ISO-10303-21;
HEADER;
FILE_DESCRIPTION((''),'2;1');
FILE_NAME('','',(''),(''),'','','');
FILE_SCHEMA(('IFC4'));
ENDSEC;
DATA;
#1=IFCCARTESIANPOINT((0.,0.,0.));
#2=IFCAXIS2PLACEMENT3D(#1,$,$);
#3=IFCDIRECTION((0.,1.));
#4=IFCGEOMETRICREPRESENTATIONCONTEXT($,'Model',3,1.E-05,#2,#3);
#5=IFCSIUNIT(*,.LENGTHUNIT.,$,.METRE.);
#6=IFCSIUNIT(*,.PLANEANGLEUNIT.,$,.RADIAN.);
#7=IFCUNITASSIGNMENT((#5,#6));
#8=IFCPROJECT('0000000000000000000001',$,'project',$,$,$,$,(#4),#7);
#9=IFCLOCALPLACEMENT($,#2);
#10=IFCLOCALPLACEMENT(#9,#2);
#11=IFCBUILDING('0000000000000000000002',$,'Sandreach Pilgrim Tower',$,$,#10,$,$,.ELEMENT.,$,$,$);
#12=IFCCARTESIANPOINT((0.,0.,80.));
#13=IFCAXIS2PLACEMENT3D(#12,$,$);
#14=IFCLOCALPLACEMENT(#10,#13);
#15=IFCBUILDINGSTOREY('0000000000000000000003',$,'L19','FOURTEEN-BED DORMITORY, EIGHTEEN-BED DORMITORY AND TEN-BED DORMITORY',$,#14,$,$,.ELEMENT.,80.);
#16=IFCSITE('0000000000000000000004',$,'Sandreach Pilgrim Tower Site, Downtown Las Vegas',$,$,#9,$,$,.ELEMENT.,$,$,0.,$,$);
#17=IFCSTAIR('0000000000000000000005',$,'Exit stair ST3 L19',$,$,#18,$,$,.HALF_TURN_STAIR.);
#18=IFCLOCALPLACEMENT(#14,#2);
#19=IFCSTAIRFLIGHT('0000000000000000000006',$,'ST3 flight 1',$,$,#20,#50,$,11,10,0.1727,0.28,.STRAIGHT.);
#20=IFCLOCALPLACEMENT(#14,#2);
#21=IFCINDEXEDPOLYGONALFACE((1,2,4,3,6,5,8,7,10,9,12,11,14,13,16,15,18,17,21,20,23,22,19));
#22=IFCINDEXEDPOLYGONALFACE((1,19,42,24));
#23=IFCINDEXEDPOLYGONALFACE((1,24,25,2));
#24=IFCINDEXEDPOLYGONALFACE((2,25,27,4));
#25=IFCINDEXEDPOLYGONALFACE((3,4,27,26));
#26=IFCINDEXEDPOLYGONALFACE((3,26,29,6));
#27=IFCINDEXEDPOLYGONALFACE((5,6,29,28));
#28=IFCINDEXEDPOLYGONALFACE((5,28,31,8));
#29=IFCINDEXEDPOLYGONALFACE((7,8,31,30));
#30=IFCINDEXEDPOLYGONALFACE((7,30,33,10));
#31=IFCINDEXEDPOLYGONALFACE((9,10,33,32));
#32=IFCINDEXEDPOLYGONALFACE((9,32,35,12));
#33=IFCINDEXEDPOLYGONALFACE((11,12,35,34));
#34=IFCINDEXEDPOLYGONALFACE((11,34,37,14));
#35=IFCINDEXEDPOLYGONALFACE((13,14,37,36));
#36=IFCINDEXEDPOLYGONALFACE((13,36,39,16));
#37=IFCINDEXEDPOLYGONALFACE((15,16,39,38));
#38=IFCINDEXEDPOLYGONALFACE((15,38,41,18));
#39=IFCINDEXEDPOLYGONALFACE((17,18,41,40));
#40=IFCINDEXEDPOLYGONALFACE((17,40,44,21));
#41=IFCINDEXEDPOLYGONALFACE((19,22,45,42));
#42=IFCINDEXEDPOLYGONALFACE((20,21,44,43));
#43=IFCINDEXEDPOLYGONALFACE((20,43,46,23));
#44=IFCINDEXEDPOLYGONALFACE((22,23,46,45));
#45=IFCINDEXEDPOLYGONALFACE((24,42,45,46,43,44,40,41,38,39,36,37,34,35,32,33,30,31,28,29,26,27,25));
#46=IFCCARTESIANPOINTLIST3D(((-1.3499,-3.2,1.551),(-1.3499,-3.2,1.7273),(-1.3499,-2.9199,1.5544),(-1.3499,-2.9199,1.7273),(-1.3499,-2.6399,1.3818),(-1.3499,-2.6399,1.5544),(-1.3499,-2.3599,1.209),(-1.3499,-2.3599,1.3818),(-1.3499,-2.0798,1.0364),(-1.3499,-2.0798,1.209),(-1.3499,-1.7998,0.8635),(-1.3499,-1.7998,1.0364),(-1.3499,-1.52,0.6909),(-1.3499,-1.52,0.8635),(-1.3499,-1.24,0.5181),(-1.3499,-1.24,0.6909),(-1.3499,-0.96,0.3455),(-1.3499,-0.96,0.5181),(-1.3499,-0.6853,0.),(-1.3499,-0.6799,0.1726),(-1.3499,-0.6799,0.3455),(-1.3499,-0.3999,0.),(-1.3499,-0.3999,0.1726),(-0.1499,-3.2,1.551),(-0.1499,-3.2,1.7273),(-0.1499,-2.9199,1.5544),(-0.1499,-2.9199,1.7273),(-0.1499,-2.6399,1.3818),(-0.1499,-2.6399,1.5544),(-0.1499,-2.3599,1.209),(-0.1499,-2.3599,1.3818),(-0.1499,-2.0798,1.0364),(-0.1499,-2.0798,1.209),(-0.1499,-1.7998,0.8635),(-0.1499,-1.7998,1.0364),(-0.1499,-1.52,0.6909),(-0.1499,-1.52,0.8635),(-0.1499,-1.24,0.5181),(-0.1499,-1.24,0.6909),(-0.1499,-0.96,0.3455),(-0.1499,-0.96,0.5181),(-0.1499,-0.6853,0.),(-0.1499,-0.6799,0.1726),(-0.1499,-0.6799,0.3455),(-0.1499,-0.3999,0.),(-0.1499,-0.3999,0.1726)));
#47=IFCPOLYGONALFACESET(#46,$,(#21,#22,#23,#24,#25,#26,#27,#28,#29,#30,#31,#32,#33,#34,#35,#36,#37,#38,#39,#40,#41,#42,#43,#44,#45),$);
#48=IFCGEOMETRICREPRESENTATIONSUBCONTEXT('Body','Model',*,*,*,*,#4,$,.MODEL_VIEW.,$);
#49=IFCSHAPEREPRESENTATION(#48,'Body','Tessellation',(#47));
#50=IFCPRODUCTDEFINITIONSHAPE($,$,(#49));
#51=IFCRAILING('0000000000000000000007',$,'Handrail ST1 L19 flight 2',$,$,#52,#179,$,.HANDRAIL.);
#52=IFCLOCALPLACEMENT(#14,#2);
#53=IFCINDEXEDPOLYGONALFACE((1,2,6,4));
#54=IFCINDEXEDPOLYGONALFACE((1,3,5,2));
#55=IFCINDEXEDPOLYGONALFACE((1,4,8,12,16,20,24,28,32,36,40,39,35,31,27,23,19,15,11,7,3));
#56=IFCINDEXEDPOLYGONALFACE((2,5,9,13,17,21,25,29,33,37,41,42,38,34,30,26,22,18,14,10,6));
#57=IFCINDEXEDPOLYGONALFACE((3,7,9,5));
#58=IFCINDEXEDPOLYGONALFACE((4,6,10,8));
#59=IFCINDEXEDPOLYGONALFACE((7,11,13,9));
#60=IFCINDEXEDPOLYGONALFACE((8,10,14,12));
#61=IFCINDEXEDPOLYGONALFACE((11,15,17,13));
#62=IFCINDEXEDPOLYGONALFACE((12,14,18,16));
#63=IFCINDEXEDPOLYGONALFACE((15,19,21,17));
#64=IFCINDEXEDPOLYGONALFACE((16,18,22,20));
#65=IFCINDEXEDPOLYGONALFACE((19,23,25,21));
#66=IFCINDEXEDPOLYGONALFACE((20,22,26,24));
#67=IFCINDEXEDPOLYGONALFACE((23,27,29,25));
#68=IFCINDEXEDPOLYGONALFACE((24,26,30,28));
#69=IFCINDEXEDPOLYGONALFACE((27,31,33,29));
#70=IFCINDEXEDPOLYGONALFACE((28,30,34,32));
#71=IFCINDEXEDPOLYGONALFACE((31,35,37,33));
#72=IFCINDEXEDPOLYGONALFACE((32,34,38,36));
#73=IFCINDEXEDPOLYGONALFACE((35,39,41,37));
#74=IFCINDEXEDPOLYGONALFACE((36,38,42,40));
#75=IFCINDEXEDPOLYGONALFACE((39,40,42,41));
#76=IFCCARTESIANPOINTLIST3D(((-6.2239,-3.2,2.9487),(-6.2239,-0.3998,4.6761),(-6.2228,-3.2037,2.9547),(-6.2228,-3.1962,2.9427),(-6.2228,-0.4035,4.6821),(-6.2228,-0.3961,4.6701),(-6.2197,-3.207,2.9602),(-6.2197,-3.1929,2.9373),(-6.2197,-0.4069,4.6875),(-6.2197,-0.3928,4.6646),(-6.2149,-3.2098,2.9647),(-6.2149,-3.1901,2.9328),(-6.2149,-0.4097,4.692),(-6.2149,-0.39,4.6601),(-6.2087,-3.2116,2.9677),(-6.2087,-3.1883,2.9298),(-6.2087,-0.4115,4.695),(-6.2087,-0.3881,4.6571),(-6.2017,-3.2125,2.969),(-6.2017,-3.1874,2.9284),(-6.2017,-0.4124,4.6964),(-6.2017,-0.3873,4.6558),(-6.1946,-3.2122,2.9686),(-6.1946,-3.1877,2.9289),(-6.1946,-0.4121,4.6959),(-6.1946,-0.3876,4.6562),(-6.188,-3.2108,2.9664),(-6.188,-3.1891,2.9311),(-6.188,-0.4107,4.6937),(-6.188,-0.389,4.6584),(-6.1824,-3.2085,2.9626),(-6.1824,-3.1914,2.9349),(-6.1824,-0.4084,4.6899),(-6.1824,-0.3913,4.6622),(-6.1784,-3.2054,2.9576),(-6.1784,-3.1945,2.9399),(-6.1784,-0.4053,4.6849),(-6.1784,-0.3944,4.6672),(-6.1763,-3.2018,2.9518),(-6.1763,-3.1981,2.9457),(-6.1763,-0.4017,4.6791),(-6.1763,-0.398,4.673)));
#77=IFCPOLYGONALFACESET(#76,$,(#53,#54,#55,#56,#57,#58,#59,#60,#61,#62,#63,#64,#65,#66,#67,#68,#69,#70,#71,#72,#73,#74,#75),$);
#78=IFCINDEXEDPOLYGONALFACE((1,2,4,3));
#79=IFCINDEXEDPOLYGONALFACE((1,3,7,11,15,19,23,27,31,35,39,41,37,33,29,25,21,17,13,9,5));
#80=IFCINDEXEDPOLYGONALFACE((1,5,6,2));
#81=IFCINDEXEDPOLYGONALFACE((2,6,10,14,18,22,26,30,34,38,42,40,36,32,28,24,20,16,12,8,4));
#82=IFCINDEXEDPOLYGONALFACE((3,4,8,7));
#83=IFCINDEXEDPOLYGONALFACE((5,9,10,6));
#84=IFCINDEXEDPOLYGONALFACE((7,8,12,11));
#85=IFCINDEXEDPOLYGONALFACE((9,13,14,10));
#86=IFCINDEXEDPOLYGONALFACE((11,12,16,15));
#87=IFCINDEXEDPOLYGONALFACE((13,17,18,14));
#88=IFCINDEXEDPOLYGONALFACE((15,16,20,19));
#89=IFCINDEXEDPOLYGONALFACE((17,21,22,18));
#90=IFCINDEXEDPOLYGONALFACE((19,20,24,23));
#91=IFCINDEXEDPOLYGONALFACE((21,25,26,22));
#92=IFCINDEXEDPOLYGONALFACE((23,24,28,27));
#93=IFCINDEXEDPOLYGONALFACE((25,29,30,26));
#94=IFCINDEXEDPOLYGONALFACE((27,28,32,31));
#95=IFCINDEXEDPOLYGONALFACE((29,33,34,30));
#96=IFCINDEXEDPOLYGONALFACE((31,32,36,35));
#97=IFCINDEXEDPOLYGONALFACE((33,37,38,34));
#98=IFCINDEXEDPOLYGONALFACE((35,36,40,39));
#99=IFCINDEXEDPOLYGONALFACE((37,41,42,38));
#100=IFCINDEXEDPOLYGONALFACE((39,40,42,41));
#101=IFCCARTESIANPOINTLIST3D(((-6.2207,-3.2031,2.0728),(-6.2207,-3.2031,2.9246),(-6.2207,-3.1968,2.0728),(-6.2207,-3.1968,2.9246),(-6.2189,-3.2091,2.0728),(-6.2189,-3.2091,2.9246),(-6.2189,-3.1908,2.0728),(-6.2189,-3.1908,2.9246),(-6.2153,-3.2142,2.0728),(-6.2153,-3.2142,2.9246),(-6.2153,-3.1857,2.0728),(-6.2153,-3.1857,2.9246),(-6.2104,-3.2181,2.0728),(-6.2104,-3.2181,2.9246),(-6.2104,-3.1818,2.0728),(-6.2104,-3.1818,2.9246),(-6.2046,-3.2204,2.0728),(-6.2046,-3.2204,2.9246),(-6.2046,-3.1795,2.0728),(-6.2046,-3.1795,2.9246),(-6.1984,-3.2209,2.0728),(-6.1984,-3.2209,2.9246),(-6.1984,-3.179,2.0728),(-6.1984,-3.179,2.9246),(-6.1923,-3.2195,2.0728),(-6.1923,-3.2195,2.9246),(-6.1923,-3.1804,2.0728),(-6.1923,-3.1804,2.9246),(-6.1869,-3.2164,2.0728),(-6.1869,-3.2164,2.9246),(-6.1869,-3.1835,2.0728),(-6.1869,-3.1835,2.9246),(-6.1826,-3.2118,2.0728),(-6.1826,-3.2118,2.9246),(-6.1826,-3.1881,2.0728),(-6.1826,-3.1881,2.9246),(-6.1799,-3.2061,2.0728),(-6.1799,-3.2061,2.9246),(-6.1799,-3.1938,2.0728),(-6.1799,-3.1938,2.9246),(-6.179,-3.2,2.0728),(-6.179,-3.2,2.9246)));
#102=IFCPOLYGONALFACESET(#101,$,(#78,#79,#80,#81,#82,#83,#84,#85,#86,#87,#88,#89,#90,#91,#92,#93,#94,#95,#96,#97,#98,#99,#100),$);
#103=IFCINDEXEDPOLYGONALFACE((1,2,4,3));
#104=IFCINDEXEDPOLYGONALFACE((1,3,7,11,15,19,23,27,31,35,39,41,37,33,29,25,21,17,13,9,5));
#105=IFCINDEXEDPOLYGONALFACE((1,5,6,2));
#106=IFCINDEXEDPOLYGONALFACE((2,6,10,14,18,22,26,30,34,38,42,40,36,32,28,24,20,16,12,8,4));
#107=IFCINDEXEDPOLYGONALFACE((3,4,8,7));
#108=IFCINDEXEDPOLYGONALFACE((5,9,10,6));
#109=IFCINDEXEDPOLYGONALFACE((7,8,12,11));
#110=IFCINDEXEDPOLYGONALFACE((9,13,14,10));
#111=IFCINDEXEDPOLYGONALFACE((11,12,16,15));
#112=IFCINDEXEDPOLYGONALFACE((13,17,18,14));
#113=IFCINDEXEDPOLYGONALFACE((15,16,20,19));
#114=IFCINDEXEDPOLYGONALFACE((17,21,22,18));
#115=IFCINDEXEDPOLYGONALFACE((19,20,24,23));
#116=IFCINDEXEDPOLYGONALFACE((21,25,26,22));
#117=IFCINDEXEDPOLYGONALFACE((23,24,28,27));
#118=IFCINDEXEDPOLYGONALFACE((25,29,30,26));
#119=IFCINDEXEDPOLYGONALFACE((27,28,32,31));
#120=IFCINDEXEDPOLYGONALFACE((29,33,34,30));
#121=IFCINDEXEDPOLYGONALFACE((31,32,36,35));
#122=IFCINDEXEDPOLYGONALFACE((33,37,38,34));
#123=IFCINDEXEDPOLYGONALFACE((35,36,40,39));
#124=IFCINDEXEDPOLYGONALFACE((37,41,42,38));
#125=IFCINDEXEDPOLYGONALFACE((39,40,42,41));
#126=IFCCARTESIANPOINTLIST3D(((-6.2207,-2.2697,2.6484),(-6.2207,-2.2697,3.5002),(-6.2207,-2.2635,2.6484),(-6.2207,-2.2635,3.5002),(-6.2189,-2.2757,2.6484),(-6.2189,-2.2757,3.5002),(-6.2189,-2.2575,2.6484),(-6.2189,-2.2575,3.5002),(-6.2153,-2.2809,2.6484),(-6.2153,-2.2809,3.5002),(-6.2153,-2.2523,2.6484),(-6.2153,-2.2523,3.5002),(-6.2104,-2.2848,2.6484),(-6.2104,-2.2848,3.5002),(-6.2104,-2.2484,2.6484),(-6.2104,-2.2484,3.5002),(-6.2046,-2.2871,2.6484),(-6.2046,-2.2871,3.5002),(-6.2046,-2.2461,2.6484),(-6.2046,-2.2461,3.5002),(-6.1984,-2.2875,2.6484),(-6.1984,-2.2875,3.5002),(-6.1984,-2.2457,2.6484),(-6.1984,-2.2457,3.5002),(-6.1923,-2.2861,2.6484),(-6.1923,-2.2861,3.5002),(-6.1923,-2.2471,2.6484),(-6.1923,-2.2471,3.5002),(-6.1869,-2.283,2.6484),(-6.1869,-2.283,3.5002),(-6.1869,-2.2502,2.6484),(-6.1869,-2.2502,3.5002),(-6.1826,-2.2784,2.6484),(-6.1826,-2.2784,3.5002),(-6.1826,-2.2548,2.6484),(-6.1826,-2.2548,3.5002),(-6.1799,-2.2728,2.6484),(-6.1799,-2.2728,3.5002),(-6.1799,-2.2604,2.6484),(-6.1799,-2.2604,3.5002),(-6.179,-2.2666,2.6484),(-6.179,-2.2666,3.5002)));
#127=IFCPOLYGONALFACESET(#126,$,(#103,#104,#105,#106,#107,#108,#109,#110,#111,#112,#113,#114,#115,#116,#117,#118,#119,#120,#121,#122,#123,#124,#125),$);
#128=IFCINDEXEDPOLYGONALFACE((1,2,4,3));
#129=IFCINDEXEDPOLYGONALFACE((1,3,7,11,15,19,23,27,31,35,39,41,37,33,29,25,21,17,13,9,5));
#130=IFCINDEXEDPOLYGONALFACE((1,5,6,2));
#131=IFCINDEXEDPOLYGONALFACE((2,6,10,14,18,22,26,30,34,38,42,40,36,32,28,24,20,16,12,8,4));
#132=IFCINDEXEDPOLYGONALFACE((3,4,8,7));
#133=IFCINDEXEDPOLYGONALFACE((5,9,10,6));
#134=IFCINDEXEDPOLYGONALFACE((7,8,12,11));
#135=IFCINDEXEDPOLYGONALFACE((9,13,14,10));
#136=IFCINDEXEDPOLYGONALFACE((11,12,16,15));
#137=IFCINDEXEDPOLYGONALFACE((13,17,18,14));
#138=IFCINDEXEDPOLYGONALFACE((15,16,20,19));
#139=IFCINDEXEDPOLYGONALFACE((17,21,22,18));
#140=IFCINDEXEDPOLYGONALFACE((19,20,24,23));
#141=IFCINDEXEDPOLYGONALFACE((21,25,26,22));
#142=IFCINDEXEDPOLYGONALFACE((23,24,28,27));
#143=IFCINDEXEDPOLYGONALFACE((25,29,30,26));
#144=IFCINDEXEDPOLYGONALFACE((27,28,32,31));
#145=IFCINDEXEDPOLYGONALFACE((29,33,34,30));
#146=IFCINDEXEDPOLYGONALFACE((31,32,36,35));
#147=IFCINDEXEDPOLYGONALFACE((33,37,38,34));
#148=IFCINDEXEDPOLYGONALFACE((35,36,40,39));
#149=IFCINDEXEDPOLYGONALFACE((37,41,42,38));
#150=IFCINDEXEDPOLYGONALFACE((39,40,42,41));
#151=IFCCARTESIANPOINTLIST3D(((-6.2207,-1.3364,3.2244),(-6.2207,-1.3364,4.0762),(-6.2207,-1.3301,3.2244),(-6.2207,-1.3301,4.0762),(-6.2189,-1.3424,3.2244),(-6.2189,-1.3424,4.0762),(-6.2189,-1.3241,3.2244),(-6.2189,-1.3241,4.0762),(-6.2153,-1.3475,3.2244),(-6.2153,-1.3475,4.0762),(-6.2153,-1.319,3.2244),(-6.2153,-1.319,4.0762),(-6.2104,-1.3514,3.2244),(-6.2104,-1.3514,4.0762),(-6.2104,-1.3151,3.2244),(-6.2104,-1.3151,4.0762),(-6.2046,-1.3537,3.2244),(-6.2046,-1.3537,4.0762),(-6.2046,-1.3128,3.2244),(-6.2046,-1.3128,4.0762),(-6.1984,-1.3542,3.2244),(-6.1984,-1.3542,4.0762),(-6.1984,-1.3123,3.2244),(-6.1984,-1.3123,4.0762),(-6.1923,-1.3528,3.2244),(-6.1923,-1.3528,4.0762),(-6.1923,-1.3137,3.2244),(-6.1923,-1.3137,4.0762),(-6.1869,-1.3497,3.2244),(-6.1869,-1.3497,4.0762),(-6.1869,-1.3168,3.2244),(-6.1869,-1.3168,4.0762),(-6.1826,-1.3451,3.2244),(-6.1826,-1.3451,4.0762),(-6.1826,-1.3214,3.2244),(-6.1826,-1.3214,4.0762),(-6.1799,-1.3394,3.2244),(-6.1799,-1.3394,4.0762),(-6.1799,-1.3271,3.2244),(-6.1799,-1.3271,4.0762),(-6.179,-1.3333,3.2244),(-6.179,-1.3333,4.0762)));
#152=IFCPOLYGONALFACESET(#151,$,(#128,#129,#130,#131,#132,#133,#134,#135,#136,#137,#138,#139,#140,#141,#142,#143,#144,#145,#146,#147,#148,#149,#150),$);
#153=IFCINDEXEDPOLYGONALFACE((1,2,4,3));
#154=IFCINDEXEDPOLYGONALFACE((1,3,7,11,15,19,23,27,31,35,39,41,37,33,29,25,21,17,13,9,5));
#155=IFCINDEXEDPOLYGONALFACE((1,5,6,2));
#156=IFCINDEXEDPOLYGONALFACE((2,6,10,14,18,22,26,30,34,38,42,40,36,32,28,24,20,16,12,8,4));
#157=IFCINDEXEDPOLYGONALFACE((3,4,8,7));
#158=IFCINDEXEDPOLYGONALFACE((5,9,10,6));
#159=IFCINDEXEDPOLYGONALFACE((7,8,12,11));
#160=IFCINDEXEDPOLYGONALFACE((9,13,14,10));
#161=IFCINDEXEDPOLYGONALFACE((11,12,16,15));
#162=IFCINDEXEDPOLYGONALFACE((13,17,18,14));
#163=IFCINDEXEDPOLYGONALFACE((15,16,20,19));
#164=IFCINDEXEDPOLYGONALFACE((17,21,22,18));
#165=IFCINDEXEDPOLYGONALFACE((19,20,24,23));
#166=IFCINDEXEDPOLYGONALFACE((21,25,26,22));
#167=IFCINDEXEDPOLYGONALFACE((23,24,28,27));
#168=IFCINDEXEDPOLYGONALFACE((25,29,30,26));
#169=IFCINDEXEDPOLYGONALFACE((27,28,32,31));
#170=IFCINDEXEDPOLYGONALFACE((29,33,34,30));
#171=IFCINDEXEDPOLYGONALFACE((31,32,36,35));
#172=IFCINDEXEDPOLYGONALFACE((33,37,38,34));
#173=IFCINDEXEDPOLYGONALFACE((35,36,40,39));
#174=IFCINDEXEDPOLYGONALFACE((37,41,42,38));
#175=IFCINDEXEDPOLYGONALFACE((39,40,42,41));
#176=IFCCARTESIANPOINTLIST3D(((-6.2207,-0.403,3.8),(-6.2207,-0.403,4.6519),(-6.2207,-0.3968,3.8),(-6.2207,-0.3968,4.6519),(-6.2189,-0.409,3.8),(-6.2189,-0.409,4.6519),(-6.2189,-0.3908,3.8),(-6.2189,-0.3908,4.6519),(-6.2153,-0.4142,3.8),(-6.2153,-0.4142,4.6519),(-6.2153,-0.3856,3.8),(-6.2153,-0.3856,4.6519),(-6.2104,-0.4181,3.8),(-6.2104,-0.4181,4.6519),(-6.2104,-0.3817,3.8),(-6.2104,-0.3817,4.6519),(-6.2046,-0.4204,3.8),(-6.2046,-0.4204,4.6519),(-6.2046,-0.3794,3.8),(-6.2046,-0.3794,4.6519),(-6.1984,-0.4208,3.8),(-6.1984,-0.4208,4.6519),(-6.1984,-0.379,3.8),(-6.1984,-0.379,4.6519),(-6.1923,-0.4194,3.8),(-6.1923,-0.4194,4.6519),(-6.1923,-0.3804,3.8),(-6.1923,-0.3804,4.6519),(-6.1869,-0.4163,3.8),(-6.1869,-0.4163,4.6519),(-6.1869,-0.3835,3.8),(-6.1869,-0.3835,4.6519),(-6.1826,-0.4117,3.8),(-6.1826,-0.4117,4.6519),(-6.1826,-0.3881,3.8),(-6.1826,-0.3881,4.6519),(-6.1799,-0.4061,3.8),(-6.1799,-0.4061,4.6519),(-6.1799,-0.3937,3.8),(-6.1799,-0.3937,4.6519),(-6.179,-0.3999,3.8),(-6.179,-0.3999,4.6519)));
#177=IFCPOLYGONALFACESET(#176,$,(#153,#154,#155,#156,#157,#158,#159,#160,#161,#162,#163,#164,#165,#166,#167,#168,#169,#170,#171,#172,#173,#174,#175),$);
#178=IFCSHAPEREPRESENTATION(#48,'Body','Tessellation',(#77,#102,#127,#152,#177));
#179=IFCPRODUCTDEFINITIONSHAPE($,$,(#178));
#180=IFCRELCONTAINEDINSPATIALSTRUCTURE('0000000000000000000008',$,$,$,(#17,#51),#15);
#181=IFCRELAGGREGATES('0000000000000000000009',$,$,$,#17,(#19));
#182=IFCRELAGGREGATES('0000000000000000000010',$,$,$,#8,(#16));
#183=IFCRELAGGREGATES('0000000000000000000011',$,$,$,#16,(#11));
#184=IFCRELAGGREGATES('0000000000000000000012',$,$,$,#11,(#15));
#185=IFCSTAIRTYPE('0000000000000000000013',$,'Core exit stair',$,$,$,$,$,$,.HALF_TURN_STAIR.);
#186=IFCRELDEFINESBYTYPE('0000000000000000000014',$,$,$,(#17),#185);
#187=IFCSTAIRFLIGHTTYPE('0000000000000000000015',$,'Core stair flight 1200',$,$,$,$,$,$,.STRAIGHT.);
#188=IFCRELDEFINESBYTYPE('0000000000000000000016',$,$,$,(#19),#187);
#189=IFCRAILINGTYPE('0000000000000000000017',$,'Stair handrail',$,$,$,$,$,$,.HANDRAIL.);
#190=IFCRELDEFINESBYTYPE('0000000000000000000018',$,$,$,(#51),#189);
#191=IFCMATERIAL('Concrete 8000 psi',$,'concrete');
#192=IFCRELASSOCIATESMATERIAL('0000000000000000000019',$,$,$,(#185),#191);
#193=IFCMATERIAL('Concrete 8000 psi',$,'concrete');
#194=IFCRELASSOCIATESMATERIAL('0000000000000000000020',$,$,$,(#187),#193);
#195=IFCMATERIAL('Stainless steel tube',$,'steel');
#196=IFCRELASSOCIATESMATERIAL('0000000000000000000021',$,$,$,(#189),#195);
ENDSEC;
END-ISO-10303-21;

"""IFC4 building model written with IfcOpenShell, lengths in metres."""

from ifc_helpers import new_model, si_unit, direction, frame, origin, origin_2d, place, context, subcontext, project, spatial, polyline, circle, outline, extrude, material, type_object, element, aggregate, save


model = new_model("IFC4")

# Units and contexts
model_context = context("Model", 3, precision=1e-05, world=origin(), true_north=direction((0.0, 1.0)))
body_context = subcontext(model_context, "Body", "Model", "MODEL_VIEW")
ifc_project = project(units=[si_unit("LENGTHUNIT", "METRE"), si_unit("PLANEANGLEUNIT", "RADIAN")], contexts=[model_context])

# Site, building, storey
site_placement = place(None, origin())
site = spatial("IfcSite", under=ifc_project, at=site_placement, Name="Sandreach Pilgrim Tower Site, Downtown Las Vegas", CompositionType="ELEMENT", RefElevation=0.0)
building_placement = place(site_placement, origin())
building = spatial("IfcBuilding", under=site, at=building_placement, Name="Sandreach Pilgrim Tower", CompositionType="ELEMENT")
storey_placement = place(building_placement, frame((0.0, 0.0, 80.0)))
storey = spatial("IfcBuildingStorey", under=building, at=storey_placement, Name="L19", Description="FOURTEEN-BED DORMITORY, EIGHTEEN-BED DORMITORY AND TEN-BED DORMITORY", CompositionType="ELEMENT", Elevation=80.0)

# Stair, stair flight
ifc_material_1 = material(Name="Concrete 8000 psi", Category="concrete")
stair_type = type_object("IfcStairType", Name="Core exit stair", PredefinedType="HALF_TURN_STAIR", material=ifc_material_1)
ifc_material_2 = material(Name="Concrete 8000 psi", Category="concrete")
stair_flight_type = type_object("IfcStairFlightType", Name="Core stair flight 1200", PredefinedType="STRAIGHT", material=ifc_material_2)
stair_1_placement = place(storey_placement, origin())
stair_1 = element("IfcStair", 1, at=stair_1_placement, inside=storey, type_object=stair_type, Name="Exit stair ST3 L19", PredefinedType="HALF_TURN_STAIR")
stair_flight_1_placement = place(storey_placement, frame((-0.75, -0.3999, 0.0), z_axis=(0.0, 0.0, 1.0), x_axis=(0.0, -1.0, 0.0)))
stair_flight_1 = element("IfcStairFlight", 2, at=stair_flight_1_placement, type_object=stair_flight_type, Name="ST3 flight 1", NumberOfRisers=11, NumberOfTreads=10, PredefinedType="STRAIGHT", RiserHeight=0.1727, TreadLength=0.28, context=body_context, shape_type="SweptSolid", body=[
    extrude(outline(polyline([(0.0, 0.0), (0.0, 0.1726), (0.28, 0.1726), (0.28, 0.3455), (0.5601, 0.3455), (0.5601, 0.5181), (0.8401, 0.5181), (0.8401, 0.6909), (1.1201, 0.6909), (1.1201, 0.8635), (1.3999, 0.8635), (1.3999, 1.0364), (1.6799, 1.0364), (1.6799, 1.209), (1.96, 1.209), (1.96, 1.3818), (2.24, 1.3818), (2.24, 1.5544), (2.52, 1.5544), (2.52, 1.7273), (2.8, 1.7273), (2.8, 1.8999), (2.8, 1.551), (0.2854, 0.0), (0.0, 0.0)])), frame((0.0, 0.6001, 0.0), z_axis=(0.0, -1.0, 0.0), x_axis=(1.0, 0.0, 0.0)), (0.0, 0.0, 1.0), 1.2),
])
aggregate(stair_1, [stair_flight_1])

# Railing
ifc_material_3 = material(Name="Stainless steel tube", Category="steel")
railing_type = type_object("IfcRailingType", Name="Stair handrail", PredefinedType="HANDRAIL", material=ifc_material_3)
for number, where, name in (
    (3, (-6.2, -3.2, 2.0728), "Handrail ST1 L19 flight 2"),
):
    element("IfcRailing", number, at=place(storey_placement, frame(where)), inside=storey, type_object=railing_type, Name=name, PredefinedType="HANDRAIL", context=body_context, shape_type="SweptSolid", body=[
        extrude(circle(Radius=0.0239, at=origin_2d()), frame((0.0, 0.0, 0.876), z_axis=(0.0, 0.85109, 0.52502), x_axis=(-1.0, 0.0, 0.0)), (0.0, 0.0, 1.0), 3.29),
        extrude(circle(Radius=0.021, at=origin_2d()), origin(), (0.0, 0.0, 1.0), 0.8518),
        extrude(circle(Radius=0.021, at=origin_2d()), frame((0.0, 0.9333, 0.5757)), (0.0, 0.0, 1.0), 0.8518),
        extrude(circle(Radius=0.021, at=origin_2d()), frame((0.0, 1.8667, 1.1516)), (0.0, 0.0, 1.0), 0.8518),
        extrude(circle(Radius=0.021, at=origin_2d()), frame((0.0, 2.8, 1.7273)), (0.0, 0.0, 1.0), 0.8518),
    ])

save(model, "model.ifc")
